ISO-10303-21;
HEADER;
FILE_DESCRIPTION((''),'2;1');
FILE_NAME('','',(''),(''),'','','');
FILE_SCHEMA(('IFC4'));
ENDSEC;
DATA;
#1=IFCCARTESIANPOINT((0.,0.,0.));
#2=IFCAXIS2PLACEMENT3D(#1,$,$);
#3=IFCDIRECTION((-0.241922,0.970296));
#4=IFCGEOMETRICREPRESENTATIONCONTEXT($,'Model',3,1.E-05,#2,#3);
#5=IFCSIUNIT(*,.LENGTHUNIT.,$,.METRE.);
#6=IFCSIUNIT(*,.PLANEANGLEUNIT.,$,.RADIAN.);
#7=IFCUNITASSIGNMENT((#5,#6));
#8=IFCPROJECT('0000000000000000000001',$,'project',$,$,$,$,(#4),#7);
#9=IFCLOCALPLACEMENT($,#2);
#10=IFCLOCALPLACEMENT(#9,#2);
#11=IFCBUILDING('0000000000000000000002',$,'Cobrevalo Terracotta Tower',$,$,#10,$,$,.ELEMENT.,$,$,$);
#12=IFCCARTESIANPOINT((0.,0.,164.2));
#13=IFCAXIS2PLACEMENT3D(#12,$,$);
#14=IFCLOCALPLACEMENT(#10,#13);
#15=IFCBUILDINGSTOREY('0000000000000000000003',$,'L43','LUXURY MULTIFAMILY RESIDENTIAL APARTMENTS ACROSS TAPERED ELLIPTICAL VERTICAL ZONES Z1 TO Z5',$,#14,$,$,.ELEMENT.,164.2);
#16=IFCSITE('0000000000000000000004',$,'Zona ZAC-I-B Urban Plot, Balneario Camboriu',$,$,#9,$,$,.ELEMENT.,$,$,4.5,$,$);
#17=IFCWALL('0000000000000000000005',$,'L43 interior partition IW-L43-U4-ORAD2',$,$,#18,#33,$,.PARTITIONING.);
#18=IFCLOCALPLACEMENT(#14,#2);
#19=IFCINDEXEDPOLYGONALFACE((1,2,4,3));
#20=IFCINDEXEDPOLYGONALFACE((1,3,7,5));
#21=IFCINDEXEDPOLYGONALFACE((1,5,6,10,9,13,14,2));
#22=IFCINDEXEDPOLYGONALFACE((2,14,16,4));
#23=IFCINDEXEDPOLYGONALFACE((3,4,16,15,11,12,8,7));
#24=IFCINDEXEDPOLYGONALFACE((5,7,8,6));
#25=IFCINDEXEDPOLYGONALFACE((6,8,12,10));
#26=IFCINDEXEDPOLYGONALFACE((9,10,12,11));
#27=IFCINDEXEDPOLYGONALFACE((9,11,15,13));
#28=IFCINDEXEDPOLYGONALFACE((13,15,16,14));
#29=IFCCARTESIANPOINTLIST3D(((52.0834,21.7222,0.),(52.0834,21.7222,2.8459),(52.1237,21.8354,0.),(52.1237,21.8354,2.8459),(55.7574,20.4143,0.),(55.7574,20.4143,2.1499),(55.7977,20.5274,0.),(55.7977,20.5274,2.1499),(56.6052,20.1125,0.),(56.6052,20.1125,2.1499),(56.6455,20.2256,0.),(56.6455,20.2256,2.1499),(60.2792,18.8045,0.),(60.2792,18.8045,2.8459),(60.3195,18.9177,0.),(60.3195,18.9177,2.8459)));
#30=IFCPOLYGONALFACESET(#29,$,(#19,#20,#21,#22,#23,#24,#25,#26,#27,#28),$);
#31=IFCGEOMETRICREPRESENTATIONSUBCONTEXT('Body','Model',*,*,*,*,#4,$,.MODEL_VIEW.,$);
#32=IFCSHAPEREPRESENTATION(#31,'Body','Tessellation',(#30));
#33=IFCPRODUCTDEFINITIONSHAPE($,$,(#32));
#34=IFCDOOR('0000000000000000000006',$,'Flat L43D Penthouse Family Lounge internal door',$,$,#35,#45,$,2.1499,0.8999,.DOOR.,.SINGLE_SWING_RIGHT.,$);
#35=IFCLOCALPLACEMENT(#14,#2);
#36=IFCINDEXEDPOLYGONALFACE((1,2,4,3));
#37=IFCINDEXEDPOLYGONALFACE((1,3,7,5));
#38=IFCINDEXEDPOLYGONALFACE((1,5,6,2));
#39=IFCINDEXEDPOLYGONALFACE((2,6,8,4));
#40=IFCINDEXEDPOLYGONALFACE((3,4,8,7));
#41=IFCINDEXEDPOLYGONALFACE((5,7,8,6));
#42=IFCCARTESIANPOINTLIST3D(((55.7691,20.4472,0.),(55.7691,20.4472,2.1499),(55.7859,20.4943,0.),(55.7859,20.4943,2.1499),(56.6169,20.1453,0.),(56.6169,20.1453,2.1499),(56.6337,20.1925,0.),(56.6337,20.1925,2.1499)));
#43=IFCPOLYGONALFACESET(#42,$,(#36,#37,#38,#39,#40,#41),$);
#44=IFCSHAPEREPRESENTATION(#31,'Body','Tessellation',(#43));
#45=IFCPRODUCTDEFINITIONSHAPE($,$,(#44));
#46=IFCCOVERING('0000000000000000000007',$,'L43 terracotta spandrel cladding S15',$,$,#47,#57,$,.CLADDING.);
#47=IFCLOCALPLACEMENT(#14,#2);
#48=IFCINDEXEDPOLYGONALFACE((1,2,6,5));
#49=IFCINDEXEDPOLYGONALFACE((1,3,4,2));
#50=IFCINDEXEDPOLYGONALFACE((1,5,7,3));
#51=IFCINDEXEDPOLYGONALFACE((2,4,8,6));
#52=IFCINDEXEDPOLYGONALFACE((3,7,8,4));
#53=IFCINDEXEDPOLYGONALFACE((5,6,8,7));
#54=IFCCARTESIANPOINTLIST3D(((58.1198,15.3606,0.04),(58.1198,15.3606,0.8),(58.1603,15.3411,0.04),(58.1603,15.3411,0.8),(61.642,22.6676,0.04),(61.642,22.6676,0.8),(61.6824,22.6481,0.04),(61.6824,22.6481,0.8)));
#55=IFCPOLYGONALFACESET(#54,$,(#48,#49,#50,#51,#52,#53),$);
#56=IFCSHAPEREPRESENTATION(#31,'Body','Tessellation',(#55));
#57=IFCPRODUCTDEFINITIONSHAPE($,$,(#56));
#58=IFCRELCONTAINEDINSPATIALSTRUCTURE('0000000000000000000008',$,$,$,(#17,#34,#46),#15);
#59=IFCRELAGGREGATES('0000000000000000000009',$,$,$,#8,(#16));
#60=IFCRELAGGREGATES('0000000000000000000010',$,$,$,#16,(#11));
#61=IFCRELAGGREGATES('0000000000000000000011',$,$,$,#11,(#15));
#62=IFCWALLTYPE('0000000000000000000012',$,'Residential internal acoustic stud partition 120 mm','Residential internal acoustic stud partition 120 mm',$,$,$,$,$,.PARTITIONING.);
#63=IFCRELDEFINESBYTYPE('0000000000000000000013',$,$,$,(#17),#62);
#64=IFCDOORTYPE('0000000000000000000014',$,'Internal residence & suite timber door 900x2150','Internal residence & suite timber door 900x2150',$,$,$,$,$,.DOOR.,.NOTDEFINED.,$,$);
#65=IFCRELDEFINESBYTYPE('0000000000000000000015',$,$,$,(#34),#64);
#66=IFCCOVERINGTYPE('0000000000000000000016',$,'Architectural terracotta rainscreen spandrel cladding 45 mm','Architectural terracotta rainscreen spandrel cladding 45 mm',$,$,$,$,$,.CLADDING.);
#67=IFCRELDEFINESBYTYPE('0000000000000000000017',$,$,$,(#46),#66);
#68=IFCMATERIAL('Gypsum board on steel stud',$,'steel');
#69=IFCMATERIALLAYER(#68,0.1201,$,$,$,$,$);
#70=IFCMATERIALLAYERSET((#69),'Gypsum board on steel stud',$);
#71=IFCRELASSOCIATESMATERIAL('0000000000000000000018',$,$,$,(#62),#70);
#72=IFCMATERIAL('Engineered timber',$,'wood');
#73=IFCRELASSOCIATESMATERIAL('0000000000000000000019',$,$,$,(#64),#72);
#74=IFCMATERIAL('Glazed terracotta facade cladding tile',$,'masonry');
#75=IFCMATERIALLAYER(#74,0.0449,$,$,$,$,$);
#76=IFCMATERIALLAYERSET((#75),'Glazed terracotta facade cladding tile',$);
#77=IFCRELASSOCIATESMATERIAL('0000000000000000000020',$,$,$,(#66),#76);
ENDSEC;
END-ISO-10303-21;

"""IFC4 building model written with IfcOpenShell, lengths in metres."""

from ifc_helpers import new_model, si_unit, direction, frame, frame_2d, origin, origin_2d, place, context, subcontext, project, spatial, rectangle, extrude, source, transform, mapped, material, layer, layer_set, type_object, element, fill, save


model = new_model("IFC4")

# Units and contexts
model_context = context("Model", 3, precision=1e-05, world=origin(), true_north=direction((-0.241922, 0.970296)))
body_context = subcontext(model_context, "Body", "Model", "MODEL_VIEW")
ifc_project = project(units=[si_unit("LENGTHUNIT", "METRE"), si_unit("PLANEANGLEUNIT", "RADIAN")], contexts=[model_context])

# Site, building, storey
site_placement = place(None, origin())
site = spatial("IfcSite", under=ifc_project, at=site_placement, Name="Zona ZAC-I-B Urban Plot, Balneario Camboriu", CompositionType="ELEMENT", RefElevation=4.5)
building_placement = place(site_placement, origin())
building = spatial("IfcBuilding", under=site, at=building_placement, Name="Cobrevalo Terracotta Tower", CompositionType="ELEMENT")
storey_placement = place(building_placement, frame((0.0, 0.0, 164.2)))
storey = spatial("IfcBuildingStorey", under=building, at=storey_placement, Name="L43", Description="LUXURY MULTIFAMILY RESIDENTIAL APARTMENTS ACROSS TAPERED ELLIPTICAL VERTICAL ZONES Z1 TO Z5", CompositionType="ELEMENT", Elevation=164.2)

# Shared definitions
ifc_material_1 = material(Name="Gypsum board on steel stud", Category="steel")

# Wall, opening, door
ifc_layer_1 = layer(ifc_material_1, 0.1201)
ifc_layer_set_1 = layer_set([ifc_layer_1], Name="Gypsum board on steel stud")
wall_type_1 = type_object("IfcWallType", Name="Residential internal acoustic stud partition 120 mm", Description="Residential internal acoustic stud partition 120 mm", PredefinedType="PARTITIONING", material=ifc_layer_set_1)
wall_1_placement = place(storey_placement, frame((52.1035, 21.7788, 0.0), z_axis=(0.0, 0.0, 1.0), x_axis=(0.942082, -0.335383, 0.0)))
wall_1 = element("IfcWall", 1, at=wall_1_placement, inside=storey, type_object=wall_type_1, Name="L43 interior partition IW-L43-U4-ORAD2", PredefinedType="PARTITIONING", context=body_context, shape_type="SweptSolid", body=[
    extrude(rectangle(XDim=8.6997, YDim=0.1201, at=frame_2d((4.3499, 0.0))), origin(), (0.0, 0.0, 1.0), 2.8459),
])
opening_1_placement = place(wall_1_placement, frame((3.8999, 0.0, 0.0)))
opening_1 = element("IfcOpeningElement", 2, at=opening_1_placement, cuts=wall_1, PredefinedType="OPENING", context=body_context, shape_type="SweptSolid", body=[
    extrude(rectangle(XDim=0.8999, YDim=2.1499, at=frame_2d((0.45, 1.075))), frame((0.0, 0.0701, 0.0), z_axis=(0.0, -1.0, 0.0), x_axis=(1.0, 0.0, 0.0)), (0.0, 0.0, 1.0), 0.1401),
])
ifc_material_2 = material(Name="Engineered timber", Category="wood")
door_type_1 = type_object("IfcDoorType", Name="Internal residence & suite timber door 900x2150", Description="Internal residence & suite timber door 900x2150", OperationType="NOTDEFINED", PredefinedType="DOOR", material=ifc_material_2)
shared_shape_1 = source(origin(), body_context, "Body", "SweptSolid", [
    extrude(rectangle(XDim=0.8999, YDim=2.1499, at=frame_2d((0.45, 1.075))), frame((0.0, 0.0249, 0.0), z_axis=(0.0, -1.0, 0.0), x_axis=(1.0, 0.0, 0.0)), (0.0, 0.0, 1.0), 0.05),
])
door_1_placement = place(opening_1_placement, origin())
door_1 = element("IfcDoor", 3, at=door_1_placement, inside=storey, type_object=door_type_1, Name="Flat L43D Penthouse Family Lounge internal door", OperationType="SINGLE_SWING_RIGHT", OverallHeight=2.1499, OverallWidth=0.8999, PredefinedType="DOOR", context=body_context, shape_type="MappedRepresentation", body=[
    mapped(shared_shape_1, transform((0.0, 0.0, 0.0), scale=1.0)),
])
fill(opening_1, door_1)

# Covering
ifc_material_3 = material(Name="Glazed terracotta facade cladding tile", Category="masonry")
ifc_layer_2 = layer(ifc_material_3, 0.0449)
ifc_layer_set_2 = layer_set([ifc_layer_2], Name="Glazed terracotta facade cladding tile")
covering_type = type_object("IfcCoveringType", Name="Architectural terracotta rainscreen spandrel cladding 45 mm", Description="Architectural terracotta rainscreen spandrel cladding 45 mm", PredefinedType="CLADDING", material=ifc_layer_set_2)
shared_shape_2 = source(origin(), body_context, "Body", "SweptSolid", [
    extrude(rectangle(XDim=8.1116, YDim=0.0449, at=origin_2d()), origin(), (0.0, 0.0, 1.0), 0.76),
])
covering_placement = place(storey_placement, frame((59.9011, 19.0044, 0.04), z_axis=(0.0, 0.0, 1.0), x_axis=(0.434209, 0.900812, 0.0)))
element("IfcCovering", 4, at=covering_placement, inside=storey, type_object=covering_type, Name="L43 terracotta spandrel cladding S15", PredefinedType="CLADDING", context=body_context, shape_type="MappedRepresentation", body=[
    mapped(shared_shape_2, transform((0.0, 0.0, 0.0), scale=1.0)),
])

save(model, "model.ifc")
